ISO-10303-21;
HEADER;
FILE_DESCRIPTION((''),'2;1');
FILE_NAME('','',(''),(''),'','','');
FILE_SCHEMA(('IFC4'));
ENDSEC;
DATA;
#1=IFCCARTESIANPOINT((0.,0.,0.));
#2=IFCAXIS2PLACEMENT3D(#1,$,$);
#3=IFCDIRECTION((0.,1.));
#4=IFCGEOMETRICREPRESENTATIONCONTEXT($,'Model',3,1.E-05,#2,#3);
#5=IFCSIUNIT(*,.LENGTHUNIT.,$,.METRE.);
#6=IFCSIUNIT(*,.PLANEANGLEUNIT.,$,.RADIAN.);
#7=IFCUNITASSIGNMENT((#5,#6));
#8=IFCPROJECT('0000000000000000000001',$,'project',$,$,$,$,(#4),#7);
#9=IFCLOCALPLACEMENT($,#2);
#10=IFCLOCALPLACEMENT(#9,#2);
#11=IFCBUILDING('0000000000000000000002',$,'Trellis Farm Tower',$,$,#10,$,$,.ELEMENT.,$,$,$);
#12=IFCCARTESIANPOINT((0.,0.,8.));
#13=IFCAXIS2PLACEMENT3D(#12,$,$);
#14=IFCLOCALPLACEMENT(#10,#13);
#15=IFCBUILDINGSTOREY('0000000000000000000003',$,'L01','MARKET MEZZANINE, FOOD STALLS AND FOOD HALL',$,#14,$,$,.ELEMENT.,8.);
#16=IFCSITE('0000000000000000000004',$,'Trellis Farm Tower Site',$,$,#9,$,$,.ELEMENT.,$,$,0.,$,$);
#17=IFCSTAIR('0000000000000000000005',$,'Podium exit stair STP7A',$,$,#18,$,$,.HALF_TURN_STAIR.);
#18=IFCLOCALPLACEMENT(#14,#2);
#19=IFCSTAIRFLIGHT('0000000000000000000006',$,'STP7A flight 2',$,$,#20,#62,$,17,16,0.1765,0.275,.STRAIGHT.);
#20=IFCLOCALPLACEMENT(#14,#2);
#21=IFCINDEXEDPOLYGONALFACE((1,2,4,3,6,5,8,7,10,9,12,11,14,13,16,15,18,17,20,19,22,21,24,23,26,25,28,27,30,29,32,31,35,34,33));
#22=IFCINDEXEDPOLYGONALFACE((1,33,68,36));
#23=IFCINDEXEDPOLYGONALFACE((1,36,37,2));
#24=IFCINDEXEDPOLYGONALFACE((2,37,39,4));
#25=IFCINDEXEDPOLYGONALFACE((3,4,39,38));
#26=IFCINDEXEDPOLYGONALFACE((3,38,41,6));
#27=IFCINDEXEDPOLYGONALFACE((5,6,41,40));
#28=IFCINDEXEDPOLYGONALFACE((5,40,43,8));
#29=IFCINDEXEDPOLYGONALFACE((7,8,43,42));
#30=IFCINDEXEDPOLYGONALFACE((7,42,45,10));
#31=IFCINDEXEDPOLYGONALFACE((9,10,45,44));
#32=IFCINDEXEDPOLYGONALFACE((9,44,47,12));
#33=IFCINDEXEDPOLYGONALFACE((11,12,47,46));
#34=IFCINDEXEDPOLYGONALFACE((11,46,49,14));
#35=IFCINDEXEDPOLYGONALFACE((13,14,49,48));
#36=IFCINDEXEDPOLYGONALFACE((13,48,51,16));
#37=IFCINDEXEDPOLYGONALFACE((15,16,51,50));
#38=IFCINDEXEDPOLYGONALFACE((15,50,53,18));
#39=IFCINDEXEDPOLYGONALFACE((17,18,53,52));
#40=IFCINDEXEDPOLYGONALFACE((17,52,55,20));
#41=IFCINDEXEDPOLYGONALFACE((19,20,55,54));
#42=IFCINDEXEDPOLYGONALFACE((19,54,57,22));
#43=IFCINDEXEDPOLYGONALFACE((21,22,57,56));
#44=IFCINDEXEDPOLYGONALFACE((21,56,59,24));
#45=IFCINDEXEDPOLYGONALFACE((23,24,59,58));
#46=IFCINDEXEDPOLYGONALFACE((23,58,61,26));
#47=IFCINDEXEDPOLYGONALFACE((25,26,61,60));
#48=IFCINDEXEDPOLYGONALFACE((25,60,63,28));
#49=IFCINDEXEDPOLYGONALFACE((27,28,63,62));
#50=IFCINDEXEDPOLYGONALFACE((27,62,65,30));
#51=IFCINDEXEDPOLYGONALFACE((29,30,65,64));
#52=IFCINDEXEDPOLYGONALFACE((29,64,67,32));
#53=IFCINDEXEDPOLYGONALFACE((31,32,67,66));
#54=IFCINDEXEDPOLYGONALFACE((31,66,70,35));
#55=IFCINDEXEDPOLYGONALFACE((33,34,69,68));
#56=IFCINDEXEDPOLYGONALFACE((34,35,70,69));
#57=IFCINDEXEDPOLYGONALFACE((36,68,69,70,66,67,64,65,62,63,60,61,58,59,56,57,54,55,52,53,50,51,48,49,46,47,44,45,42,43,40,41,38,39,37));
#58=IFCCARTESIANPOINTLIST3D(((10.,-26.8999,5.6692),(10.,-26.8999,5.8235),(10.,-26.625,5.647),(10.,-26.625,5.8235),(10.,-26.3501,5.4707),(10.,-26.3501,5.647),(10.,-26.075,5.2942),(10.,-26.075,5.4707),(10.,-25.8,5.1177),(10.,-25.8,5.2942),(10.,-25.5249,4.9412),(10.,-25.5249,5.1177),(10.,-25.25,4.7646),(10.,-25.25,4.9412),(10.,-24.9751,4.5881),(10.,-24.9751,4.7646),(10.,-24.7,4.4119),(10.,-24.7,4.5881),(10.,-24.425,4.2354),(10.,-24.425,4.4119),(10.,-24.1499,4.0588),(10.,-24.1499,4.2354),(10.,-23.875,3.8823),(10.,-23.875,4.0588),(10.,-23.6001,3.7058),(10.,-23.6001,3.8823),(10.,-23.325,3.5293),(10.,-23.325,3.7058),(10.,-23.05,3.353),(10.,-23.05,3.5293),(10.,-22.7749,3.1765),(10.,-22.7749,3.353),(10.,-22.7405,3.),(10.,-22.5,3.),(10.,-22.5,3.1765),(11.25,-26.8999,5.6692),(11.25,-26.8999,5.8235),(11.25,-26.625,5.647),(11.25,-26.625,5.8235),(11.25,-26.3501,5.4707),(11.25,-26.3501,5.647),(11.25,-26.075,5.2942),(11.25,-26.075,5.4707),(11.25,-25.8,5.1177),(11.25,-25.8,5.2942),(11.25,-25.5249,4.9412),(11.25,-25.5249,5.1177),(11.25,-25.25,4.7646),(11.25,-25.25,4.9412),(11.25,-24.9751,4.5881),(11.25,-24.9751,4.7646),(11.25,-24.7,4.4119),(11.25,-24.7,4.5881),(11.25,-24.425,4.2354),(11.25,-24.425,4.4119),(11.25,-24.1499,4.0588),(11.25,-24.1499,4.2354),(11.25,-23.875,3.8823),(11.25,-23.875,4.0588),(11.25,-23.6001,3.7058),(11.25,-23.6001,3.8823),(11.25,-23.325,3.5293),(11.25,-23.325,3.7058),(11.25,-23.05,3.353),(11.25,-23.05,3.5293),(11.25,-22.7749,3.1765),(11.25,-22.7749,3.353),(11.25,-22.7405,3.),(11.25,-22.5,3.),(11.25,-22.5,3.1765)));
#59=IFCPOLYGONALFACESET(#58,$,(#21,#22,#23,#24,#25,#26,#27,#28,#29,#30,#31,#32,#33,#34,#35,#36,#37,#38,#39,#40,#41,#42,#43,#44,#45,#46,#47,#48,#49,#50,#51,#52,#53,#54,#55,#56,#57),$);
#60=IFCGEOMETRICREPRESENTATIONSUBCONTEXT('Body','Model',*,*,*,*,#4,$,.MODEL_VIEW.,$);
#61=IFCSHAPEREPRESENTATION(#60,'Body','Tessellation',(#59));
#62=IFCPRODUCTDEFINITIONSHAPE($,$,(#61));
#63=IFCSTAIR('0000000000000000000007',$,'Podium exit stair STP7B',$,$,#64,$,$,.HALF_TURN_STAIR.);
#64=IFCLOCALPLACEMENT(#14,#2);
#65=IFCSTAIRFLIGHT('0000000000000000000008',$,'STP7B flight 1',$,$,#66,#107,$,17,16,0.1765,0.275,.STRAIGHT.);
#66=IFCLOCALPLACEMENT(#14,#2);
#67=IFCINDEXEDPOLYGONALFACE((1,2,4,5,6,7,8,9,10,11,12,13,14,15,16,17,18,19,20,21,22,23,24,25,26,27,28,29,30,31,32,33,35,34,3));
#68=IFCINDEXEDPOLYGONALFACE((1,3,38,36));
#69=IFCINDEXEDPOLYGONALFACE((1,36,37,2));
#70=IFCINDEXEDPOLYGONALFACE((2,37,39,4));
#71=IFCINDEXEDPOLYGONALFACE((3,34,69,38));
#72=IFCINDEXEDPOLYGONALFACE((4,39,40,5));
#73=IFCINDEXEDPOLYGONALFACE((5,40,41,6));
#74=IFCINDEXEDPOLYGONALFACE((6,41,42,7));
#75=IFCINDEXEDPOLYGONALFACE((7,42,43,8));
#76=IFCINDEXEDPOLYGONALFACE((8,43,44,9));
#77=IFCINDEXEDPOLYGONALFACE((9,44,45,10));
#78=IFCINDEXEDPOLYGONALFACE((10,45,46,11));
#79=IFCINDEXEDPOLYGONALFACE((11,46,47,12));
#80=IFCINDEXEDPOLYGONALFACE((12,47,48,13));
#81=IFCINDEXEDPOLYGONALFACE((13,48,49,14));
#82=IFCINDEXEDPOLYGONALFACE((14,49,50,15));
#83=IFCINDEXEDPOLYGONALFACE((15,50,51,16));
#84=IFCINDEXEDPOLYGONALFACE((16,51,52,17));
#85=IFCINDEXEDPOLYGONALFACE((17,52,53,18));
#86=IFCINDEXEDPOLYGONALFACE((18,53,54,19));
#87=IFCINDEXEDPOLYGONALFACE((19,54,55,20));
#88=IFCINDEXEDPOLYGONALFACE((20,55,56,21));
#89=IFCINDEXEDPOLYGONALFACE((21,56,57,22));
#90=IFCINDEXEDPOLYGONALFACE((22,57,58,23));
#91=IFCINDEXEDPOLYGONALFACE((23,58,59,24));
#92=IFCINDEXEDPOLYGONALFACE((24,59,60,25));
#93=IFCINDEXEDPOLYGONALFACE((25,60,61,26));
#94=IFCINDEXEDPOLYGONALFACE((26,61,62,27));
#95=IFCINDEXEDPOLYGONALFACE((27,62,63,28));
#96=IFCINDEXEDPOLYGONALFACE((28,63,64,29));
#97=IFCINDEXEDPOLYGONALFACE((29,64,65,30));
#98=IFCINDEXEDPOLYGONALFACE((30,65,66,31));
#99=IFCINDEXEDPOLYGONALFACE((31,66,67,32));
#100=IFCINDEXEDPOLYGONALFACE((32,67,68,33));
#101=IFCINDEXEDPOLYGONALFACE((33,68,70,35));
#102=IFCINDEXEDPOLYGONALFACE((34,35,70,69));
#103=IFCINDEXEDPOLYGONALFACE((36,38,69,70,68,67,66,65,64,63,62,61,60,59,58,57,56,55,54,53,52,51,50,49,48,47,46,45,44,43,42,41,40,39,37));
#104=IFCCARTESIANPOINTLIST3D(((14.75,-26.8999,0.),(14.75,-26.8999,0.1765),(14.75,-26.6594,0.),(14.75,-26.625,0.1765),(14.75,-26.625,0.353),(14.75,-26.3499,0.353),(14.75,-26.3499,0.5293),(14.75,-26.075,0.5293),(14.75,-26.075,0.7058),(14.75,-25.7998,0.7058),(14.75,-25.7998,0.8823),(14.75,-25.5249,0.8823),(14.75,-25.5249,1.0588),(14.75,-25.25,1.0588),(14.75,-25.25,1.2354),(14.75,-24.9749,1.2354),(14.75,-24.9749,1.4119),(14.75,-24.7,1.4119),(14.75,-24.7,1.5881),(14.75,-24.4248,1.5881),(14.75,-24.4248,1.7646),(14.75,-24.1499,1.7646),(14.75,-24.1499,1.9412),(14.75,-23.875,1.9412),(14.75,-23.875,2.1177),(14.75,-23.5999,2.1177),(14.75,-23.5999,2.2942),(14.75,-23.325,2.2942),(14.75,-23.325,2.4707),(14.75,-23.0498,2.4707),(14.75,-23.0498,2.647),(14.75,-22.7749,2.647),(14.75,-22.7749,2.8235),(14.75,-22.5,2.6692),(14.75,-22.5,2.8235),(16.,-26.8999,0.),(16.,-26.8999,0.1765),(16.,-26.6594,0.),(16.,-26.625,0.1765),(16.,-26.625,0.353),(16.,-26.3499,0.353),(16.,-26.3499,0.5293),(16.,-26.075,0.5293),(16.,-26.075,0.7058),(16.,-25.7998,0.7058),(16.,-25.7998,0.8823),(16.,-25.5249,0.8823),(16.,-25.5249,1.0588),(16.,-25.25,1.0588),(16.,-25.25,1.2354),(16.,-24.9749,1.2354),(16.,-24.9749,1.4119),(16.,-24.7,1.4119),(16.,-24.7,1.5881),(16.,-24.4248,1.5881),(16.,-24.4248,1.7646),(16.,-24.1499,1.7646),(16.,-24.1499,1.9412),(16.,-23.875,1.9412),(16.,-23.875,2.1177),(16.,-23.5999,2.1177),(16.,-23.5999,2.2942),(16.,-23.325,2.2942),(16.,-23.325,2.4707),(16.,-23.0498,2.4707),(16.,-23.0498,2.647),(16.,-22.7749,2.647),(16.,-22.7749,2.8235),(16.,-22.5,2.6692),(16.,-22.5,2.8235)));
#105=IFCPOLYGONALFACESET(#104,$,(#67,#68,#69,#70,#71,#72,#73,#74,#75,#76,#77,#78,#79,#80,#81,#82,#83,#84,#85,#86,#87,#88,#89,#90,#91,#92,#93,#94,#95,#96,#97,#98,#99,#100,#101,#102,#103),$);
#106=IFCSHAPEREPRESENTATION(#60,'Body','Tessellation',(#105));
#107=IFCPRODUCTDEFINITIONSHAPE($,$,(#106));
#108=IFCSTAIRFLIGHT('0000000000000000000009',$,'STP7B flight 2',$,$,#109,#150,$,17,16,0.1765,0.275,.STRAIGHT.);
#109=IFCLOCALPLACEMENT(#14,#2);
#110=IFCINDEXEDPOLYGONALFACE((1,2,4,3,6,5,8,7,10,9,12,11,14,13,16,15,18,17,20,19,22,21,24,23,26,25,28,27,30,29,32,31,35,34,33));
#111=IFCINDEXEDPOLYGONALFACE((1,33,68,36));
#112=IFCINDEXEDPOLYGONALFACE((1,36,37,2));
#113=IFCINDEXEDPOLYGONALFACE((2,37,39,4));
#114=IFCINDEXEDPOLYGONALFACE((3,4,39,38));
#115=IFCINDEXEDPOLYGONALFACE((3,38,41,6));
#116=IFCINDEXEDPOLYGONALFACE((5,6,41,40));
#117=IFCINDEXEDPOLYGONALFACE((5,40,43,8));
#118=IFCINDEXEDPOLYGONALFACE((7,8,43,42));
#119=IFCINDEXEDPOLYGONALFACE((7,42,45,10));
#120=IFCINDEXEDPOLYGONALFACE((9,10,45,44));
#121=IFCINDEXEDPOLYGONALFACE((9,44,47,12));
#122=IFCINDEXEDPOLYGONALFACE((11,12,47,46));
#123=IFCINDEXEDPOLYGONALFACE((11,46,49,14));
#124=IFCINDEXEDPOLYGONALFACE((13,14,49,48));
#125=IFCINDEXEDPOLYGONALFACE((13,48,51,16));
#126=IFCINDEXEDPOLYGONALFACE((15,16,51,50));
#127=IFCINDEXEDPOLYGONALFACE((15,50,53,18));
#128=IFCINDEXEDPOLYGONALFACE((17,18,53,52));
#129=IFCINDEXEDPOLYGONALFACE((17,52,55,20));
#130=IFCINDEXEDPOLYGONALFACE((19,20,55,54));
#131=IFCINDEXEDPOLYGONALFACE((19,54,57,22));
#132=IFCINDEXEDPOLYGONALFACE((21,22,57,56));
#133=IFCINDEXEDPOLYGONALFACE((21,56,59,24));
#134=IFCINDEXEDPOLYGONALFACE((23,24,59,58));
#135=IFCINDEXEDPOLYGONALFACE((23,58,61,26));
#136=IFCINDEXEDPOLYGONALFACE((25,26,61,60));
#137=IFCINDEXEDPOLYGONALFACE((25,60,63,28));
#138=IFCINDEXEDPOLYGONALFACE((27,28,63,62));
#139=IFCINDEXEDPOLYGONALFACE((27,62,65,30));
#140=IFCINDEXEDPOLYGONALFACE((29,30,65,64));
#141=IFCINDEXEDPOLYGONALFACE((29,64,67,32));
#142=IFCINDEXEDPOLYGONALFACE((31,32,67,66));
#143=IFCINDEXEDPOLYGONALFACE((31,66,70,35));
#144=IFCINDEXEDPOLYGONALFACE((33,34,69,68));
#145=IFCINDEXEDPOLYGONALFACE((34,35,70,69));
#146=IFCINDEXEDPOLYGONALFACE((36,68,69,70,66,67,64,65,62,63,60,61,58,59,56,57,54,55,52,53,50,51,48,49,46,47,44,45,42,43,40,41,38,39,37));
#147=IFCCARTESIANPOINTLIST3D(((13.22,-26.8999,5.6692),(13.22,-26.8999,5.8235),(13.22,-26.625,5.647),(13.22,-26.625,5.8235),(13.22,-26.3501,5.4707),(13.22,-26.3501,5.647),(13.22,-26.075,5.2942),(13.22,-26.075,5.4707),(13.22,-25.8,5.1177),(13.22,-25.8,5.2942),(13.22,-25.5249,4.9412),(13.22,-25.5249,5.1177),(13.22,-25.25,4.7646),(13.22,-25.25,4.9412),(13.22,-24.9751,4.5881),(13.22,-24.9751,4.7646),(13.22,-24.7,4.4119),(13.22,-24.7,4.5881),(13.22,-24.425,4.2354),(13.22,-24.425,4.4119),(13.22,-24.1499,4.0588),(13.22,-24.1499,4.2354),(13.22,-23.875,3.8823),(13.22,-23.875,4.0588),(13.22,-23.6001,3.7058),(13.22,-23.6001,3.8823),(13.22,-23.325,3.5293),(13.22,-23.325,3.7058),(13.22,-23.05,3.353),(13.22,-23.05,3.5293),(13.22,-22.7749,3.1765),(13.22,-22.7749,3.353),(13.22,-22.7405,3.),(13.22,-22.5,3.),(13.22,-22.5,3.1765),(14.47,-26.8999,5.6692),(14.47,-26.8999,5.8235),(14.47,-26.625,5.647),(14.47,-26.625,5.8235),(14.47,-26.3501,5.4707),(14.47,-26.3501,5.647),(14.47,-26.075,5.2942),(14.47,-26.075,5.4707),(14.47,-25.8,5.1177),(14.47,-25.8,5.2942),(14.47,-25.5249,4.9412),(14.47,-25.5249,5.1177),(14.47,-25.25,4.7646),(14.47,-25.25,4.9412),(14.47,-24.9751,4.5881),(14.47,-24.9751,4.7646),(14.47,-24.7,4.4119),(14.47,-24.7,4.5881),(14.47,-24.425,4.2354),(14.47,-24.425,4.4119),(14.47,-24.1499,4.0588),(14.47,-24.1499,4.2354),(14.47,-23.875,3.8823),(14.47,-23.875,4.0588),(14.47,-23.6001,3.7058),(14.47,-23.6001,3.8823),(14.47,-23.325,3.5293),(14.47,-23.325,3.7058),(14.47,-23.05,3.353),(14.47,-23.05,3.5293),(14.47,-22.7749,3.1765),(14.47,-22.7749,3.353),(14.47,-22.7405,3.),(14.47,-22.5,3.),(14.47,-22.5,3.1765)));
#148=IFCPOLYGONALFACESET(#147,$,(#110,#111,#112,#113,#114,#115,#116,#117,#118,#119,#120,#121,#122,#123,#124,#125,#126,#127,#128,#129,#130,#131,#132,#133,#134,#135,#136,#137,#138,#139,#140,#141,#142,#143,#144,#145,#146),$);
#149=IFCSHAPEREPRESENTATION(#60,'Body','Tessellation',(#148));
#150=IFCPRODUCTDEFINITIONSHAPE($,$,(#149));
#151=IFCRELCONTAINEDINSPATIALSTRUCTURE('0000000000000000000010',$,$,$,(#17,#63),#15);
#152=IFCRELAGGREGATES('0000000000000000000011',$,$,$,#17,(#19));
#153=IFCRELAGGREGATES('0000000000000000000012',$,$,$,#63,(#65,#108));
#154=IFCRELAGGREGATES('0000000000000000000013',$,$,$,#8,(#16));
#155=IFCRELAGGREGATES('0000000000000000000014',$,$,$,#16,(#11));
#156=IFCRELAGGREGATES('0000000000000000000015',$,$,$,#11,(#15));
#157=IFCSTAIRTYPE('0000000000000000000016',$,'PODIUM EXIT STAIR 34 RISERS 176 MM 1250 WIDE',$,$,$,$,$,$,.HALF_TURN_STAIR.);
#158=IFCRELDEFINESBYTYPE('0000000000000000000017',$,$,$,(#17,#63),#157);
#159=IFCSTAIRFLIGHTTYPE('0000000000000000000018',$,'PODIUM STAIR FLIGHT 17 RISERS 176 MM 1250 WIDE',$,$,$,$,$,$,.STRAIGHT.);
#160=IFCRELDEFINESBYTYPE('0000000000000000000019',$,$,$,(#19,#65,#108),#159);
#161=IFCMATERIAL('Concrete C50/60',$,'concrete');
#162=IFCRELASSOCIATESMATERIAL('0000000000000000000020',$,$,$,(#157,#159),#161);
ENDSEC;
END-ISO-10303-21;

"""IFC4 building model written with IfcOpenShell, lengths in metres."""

from ifc_helpers import new_model, si_unit, direction, frame, origin, place, context, subcontext, project, spatial, polyline, outline, extrude, source, transform, mapped, material, type_object, element, aggregate, save


model = new_model("IFC4")

# Units and contexts
model_context = context("Model", 3, precision=1e-05, world=origin(), true_north=direction((0.0, 1.0)))
body_context = subcontext(model_context, "Body", "Model", "MODEL_VIEW")
ifc_project = project(units=[si_unit("LENGTHUNIT", "METRE"), si_unit("PLANEANGLEUNIT", "RADIAN")], contexts=[model_context])

# Site, building, storey
site_placement = place(None, origin())
site = spatial("IfcSite", under=ifc_project, at=site_placement, Name="Trellis Farm Tower Site", CompositionType="ELEMENT", RefElevation=0.0)
building_placement = place(site_placement, origin())
building = spatial("IfcBuilding", under=site, at=building_placement, Name="Trellis Farm Tower", CompositionType="ELEMENT")
storey_placement = place(building_placement, frame((0.0, 0.0, 8.0)))
storey = spatial("IfcBuildingStorey", under=building, at=storey_placement, Name="L01", Description="MARKET MEZZANINE, FOOD STALLS AND FOOD HALL", CompositionType="ELEMENT", Elevation=8.0)

# Stairs, stair flights
ifc_material_1 = material(Name="Concrete C50/60", Category="concrete")
stair_type = type_object("IfcStairType", Name="PODIUM EXIT STAIR 34 RISERS 176 MM 1250 WIDE", PredefinedType="HALF_TURN_STAIR", material=ifc_material_1)
placement = place(storey_placement, origin())
stair_1 = element("IfcStair", 1, at=placement, inside=storey, type_object=stair_type, Name="Podium exit stair STP7A", PredefinedType="HALF_TURN_STAIR")
stair_flight_type = type_object("IfcStairFlightType", Name="PODIUM STAIR FLIGHT 17 RISERS 176 MM 1250 WIDE", PredefinedType="STRAIGHT", material=ifc_material_1)
shared_shape_1 = source(origin(), body_context, "Body", "SweptSolid", [
    extrude(outline(polyline([(0.0, 0.0), (0.0, 0.1765), (0.2749, 0.1765), (0.2749, 0.353), (0.55, 0.353), (0.55, 0.5293), (0.825, 0.5293), (0.825, 0.7058), (1.1001, 0.7058), (1.1001, 0.8823), (1.375, 0.8823), (1.375, 1.0588), (1.6499, 1.0588), (1.6499, 1.2354), (1.925, 1.2354), (1.925, 1.4119), (2.2, 1.4119), (2.2, 1.5881), (2.4751, 1.5881), (2.4751, 1.7646), (2.75, 1.7646), (2.75, 1.9412), (3.0249, 1.9412), (3.0249, 2.1177), (3.3, 2.1177), (3.3, 2.2942), (3.575, 2.2942), (3.575, 2.4707), (3.8501, 2.4707), (3.8501, 2.647), (4.125, 2.647), (4.125, 2.8235), (4.3999, 2.8235), (4.3999, 3.0), (4.3999, 2.6692), (0.2405, 0.0), (0.0, 0.0)])), frame((0.0, 0.625, 0.0), z_axis=(0.0, -1.0, 0.0), x_axis=(1.0, 0.0, 0.0)), (0.0, 0.0, 1.0), 1.25),
])
stair_flight_1_placement = place(storey_placement, frame((10.625, -22.5, 3.0), z_axis=(0.0, 0.0, 1.0), x_axis=(0.0, -1.0, 0.0)))
stair_flight_1 = element("IfcStairFlight", 2, at=stair_flight_1_placement, type_object=stair_flight_type, Name="STP7A flight 2", NumberOfRisers=17, NumberOfTreads=16, PredefinedType="STRAIGHT", RiserHeight=0.1765, TreadLength=0.275, context=body_context, shape_type="MappedRepresentation", body=[
    mapped(shared_shape_1, transform((0.0, 0.0, 0.0))),
])
aggregate(stair_1, [stair_flight_1])
stair_2 = element("IfcStair", 3, at=placement, inside=storey, type_object=stair_type, Name="Podium exit stair STP7B", PredefinedType="HALF_TURN_STAIR")
stair_flight_2_placement = place(storey_placement, frame((15.375, -26.8999, 0.0), z_axis=(0.0, 0.0, 1.0), x_axis=(0.0, 1.0, 0.0)))
stair_flight_2 = element("IfcStairFlight", 4, at=stair_flight_2_placement, type_object=stair_flight_type, Name="STP7B flight 1", NumberOfRisers=17, NumberOfTreads=16, PredefinedType="STRAIGHT", RiserHeight=0.1765, TreadLength=0.275, context=body_context, shape_type="MappedRepresentation", body=[
    mapped(shared_shape_1, transform((0.0, 0.0, 0.0))),
])
stair_flight_3_placement = place(storey_placement, frame((13.845, -22.5, 3.0), z_axis=(0.0, 0.0, 1.0), x_axis=(0.0, -1.0, 0.0)))
stair_flight_3 = element("IfcStairFlight", 5, at=stair_flight_3_placement, type_object=stair_flight_type, Name="STP7B flight 2", NumberOfRisers=17, NumberOfTreads=16, PredefinedType="STRAIGHT", RiserHeight=0.1765, TreadLength=0.275, context=body_context, shape_type="MappedRepresentation", body=[
    mapped(shared_shape_1, transform((0.0, 0.0, 0.0))),
])
aggregate(stair_2, [stair_flight_2, stair_flight_3])

save(model, "model.ifc")
